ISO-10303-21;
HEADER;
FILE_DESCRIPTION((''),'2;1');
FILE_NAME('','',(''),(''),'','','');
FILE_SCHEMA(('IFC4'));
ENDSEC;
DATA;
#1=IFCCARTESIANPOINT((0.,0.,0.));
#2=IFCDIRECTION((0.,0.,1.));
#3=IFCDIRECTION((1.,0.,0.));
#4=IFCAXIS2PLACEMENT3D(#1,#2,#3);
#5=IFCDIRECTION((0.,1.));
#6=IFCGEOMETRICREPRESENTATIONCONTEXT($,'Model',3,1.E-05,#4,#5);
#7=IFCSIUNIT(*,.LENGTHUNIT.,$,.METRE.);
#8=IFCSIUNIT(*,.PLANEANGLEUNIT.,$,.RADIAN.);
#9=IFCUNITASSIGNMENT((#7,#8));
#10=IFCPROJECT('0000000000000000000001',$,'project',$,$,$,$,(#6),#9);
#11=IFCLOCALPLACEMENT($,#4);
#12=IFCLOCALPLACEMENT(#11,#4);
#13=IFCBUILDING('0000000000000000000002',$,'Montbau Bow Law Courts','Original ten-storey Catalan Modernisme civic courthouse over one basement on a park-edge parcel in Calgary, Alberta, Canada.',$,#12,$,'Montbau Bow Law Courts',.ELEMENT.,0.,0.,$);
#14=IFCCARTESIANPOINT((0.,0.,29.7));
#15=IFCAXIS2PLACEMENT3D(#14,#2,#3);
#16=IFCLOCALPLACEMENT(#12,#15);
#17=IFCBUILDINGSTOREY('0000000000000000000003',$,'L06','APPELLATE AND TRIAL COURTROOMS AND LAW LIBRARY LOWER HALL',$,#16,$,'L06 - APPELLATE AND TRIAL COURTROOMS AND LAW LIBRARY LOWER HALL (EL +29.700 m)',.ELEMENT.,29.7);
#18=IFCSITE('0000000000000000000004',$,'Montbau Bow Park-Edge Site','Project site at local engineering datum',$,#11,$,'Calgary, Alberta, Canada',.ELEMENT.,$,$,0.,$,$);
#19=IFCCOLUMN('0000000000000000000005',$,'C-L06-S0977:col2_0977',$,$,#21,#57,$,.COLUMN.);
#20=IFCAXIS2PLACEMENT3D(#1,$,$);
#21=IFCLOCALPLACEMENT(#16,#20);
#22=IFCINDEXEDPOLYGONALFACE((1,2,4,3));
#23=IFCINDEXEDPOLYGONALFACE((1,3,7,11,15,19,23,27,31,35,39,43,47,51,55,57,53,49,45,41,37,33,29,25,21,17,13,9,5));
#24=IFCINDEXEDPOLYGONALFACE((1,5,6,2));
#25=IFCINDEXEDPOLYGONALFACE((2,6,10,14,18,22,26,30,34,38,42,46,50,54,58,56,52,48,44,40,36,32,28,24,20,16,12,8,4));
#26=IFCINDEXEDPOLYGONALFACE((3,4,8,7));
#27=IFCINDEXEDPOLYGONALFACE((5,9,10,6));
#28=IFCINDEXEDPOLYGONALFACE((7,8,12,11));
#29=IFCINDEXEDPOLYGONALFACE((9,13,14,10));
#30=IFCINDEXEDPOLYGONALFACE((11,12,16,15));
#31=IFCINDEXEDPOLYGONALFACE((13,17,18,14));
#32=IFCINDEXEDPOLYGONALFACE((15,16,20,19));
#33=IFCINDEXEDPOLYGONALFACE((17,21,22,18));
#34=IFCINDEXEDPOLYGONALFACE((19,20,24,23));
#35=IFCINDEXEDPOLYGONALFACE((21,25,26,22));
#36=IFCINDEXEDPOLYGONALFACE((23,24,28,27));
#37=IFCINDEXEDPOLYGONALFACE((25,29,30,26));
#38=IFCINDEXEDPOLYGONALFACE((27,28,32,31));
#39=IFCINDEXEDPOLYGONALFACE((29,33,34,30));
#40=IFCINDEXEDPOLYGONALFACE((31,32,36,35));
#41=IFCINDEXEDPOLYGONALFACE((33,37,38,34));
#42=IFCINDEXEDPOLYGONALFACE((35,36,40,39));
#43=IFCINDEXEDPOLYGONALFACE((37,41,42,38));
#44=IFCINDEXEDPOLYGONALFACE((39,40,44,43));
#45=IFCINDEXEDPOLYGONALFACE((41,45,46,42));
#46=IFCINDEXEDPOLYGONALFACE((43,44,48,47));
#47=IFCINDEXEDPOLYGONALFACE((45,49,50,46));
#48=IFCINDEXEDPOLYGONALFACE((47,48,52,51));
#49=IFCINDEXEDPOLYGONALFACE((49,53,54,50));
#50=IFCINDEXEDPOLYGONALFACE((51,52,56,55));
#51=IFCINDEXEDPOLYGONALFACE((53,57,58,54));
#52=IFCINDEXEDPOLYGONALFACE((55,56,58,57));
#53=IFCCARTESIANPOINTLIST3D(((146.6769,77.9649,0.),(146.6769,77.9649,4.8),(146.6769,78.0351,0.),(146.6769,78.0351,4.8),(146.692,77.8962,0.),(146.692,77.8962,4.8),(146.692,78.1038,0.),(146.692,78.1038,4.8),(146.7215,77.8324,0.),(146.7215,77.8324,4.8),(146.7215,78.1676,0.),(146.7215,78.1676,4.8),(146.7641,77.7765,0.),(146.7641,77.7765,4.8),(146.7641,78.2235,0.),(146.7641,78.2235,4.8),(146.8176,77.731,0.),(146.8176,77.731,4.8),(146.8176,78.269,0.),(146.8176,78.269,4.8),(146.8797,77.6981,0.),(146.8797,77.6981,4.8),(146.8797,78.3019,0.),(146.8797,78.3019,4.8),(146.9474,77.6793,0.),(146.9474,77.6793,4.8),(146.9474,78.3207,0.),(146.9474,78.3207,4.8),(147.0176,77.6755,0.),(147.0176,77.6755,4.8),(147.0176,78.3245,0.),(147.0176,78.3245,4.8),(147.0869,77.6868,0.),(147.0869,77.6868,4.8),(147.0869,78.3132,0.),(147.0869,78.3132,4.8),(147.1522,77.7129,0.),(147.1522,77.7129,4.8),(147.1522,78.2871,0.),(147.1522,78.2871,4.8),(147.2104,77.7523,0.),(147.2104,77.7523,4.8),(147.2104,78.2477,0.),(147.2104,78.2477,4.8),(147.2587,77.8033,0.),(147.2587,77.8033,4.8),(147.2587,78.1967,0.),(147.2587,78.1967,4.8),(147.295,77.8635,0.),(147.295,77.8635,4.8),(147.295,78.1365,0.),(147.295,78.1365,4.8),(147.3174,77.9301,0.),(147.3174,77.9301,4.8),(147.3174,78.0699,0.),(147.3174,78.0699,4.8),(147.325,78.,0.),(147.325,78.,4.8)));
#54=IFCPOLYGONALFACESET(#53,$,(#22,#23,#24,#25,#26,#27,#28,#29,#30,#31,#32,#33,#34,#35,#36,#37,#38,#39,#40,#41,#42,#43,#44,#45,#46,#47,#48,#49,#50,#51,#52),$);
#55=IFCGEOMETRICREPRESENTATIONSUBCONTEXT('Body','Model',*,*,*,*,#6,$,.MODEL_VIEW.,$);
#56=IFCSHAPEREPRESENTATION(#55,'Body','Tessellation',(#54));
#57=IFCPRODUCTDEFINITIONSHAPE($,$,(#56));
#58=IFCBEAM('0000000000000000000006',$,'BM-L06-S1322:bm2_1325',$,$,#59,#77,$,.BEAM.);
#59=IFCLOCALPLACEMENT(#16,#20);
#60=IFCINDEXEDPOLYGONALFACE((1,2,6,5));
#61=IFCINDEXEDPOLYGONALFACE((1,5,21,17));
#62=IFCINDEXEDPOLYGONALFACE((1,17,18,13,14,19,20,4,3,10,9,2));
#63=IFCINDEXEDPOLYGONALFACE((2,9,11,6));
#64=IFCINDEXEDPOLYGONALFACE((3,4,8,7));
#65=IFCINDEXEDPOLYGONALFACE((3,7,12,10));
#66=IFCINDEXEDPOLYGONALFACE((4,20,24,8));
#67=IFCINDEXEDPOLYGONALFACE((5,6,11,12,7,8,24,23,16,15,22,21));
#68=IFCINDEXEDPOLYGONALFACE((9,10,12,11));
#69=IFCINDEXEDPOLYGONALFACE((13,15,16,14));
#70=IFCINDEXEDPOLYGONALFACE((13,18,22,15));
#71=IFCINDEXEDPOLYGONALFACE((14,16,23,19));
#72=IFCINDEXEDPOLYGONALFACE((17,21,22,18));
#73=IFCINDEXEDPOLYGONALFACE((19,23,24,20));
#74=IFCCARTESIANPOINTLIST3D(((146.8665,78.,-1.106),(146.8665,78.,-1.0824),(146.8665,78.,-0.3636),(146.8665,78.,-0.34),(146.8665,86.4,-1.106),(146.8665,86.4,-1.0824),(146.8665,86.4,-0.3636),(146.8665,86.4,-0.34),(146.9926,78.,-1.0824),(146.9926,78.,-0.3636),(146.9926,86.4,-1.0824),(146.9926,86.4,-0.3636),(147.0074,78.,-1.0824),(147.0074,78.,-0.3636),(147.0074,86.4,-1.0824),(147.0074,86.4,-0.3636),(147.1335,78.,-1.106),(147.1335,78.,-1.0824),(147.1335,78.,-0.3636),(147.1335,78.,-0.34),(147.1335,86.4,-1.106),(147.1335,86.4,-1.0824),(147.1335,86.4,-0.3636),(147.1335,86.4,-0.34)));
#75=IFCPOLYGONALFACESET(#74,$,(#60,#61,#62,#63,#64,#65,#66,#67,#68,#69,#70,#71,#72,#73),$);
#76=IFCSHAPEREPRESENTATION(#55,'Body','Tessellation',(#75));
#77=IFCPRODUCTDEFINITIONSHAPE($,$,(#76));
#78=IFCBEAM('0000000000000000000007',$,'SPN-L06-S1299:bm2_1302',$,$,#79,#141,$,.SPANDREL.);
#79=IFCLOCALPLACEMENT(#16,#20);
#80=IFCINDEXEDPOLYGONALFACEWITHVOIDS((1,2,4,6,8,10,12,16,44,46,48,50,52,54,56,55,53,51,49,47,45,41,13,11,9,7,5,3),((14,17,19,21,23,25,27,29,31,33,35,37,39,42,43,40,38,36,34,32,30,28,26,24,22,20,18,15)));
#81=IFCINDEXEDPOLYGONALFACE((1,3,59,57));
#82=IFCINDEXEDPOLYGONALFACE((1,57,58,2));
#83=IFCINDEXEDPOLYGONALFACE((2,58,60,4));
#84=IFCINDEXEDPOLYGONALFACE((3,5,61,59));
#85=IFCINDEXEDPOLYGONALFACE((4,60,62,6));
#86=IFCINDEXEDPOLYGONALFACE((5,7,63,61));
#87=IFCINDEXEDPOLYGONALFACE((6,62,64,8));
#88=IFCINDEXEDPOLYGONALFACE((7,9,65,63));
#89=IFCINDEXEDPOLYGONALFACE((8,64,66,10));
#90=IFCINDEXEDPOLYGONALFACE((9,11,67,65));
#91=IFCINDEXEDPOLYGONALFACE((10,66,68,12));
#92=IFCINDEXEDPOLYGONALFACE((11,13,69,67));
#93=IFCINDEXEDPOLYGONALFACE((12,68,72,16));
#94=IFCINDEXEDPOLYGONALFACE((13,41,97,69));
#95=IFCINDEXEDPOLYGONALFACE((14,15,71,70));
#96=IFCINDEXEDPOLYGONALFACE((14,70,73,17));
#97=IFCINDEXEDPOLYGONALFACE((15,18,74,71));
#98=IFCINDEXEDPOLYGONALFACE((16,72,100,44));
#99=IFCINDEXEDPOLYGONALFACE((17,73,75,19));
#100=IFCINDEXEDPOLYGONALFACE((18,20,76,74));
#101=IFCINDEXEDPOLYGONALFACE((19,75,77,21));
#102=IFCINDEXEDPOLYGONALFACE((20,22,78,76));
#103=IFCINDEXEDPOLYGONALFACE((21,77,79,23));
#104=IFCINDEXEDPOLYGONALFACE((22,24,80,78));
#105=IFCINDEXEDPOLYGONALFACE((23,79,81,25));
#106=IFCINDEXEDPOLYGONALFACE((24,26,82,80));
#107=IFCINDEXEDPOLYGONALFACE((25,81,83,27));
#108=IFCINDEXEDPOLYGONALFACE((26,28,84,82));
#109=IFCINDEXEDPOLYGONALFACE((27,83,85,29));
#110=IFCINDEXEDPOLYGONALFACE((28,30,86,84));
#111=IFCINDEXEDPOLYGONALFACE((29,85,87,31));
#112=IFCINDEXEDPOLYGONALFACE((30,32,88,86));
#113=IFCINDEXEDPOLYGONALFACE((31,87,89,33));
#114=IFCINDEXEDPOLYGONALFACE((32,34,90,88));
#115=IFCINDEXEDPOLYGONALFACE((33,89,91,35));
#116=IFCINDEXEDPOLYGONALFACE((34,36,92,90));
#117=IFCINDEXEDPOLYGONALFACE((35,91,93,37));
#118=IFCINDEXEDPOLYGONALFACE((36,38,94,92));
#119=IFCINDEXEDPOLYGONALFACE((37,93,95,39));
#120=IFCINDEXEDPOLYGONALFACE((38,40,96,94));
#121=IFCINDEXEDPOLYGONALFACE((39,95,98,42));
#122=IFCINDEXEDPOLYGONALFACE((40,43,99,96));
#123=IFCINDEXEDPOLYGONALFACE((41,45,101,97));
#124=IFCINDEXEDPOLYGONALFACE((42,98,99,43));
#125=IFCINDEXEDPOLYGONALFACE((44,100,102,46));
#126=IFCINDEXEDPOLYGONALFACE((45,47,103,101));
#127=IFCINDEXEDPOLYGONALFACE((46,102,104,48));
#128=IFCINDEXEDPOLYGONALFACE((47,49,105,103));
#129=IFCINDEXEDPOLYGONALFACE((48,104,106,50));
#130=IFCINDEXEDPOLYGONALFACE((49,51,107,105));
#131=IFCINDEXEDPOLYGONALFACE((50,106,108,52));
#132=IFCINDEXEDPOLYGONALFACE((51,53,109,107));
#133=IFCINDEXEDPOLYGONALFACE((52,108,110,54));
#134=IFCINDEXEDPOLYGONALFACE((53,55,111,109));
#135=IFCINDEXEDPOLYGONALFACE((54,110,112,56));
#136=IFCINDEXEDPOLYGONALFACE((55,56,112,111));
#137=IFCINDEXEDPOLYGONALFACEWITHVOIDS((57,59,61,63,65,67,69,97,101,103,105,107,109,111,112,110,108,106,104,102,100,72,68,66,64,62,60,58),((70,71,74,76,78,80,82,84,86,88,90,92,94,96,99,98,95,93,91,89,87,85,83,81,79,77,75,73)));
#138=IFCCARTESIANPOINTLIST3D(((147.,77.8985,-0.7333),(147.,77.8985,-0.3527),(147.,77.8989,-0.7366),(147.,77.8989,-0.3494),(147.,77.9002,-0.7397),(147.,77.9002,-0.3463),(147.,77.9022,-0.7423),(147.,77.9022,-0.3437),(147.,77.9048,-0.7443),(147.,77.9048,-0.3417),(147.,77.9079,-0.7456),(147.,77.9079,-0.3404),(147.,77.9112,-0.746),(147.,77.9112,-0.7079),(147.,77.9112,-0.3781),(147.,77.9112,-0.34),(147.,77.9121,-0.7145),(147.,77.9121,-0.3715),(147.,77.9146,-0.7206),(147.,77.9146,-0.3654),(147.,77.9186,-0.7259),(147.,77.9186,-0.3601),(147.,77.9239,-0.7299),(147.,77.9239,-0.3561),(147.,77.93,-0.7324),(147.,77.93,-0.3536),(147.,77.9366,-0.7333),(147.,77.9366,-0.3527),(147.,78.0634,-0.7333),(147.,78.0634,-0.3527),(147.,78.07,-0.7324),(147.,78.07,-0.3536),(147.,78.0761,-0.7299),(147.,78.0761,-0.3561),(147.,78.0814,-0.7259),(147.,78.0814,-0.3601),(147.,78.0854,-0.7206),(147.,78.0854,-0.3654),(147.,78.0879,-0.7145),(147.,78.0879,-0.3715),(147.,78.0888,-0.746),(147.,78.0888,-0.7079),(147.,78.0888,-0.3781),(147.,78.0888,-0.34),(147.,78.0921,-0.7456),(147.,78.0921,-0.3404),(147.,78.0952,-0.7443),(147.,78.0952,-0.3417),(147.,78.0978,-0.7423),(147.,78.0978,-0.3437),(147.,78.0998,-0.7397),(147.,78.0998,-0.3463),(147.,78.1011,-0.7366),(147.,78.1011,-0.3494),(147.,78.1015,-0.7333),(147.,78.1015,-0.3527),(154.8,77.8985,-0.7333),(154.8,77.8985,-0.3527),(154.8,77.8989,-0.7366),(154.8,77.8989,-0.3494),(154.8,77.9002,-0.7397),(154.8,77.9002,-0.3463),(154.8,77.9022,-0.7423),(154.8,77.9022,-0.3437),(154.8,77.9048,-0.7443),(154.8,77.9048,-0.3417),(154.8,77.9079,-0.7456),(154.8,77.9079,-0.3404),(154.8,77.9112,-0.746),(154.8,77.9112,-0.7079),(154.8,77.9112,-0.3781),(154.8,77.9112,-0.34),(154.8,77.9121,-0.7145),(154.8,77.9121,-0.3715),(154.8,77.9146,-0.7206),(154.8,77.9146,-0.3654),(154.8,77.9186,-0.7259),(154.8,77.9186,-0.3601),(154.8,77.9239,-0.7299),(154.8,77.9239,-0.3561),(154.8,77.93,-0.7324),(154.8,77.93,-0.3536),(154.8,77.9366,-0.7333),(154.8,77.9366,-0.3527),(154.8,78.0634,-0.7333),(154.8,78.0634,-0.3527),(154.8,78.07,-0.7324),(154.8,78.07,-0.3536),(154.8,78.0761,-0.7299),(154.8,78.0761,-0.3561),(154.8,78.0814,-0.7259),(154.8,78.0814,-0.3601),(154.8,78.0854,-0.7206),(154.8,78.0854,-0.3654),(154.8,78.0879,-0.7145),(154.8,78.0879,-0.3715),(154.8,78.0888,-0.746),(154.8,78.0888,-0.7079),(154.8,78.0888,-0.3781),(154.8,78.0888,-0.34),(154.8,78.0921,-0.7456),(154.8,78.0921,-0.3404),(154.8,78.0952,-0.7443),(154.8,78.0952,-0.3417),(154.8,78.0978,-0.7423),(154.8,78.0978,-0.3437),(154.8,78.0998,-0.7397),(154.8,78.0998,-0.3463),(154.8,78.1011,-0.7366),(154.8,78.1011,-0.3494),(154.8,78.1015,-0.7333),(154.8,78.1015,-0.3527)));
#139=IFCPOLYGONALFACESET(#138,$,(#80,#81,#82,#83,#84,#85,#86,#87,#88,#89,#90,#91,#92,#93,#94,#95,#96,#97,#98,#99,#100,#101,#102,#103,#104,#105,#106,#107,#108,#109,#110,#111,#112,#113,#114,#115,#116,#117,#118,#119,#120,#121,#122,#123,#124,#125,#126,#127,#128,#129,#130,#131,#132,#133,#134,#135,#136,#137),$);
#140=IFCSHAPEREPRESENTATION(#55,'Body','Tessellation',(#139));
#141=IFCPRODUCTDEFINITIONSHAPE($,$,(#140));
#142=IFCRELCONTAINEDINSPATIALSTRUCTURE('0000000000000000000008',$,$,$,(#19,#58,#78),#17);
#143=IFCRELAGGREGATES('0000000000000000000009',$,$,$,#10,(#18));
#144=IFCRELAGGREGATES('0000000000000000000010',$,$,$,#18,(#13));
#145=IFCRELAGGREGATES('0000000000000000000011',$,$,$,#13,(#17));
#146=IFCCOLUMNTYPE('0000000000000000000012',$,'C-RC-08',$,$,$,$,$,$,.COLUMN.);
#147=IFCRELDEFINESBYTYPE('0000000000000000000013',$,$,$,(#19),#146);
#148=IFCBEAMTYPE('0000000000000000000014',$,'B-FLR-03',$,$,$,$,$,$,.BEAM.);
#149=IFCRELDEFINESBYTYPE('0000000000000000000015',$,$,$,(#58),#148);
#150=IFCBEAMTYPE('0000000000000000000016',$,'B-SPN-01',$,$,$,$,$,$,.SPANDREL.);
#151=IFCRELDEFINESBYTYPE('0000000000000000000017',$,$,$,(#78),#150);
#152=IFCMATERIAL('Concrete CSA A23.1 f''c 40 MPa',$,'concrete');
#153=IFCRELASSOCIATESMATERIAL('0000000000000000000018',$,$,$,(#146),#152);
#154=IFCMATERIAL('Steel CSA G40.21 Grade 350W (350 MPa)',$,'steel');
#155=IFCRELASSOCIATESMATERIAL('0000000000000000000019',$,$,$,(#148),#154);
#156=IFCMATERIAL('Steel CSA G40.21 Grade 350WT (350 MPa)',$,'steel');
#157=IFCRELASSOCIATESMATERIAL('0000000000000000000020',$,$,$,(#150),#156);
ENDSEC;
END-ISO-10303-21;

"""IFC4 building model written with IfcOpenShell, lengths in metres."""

from ifc_helpers import new_model, si_unit, direction, frame, origin_with_axes, origin_2d_with_axis, place, context, subcontext, project, spatial, hollow_rectangle, circle, i_section, extrude, material, material_profile, profile_set, type_object, element, save


model = new_model("IFC4")

# Units and contexts
model_context = context("Model", 3, precision=1e-05, world=origin_with_axes(), true_north=direction((0.0, 1.0)))
body_context = subcontext(model_context, "Body", "Model", "MODEL_VIEW")
ifc_project = project(units=[si_unit("LENGTHUNIT", "METRE"), si_unit("PLANEANGLEUNIT", "RADIAN")], contexts=[model_context])

# Site, building, storey
site_placement = place(None, origin_with_axes())
site = spatial("IfcSite", under=ifc_project, at=site_placement, Name="Montbau Bow Park-Edge Site", Description="Project site at local engineering datum", LongName="Calgary, Alberta, Canada", CompositionType="ELEMENT", RefElevation=0.0)
building_placement = place(site_placement, origin_with_axes())
building = spatial("IfcBuilding", under=site, at=building_placement, Name="Montbau Bow Law Courts", Description="Original ten-storey Catalan Modernisme civic courthouse over one basement on a park-edge parcel in Calgary, Alberta, Canada.", LongName="Montbau Bow Law Courts", CompositionType="ELEMENT", ElevationOfRefHeight=0.0, ElevationOfTerrain=0.0)
storey_placement = place(building_placement, frame((0.0, 0.0, 29.7), z_axis=(0.0, 0.0, 1.0), x_axis=(1.0, 0.0, 0.0)))
storey = spatial("IfcBuildingStorey", under=building, at=storey_placement, Name="L06", Description="APPELLATE AND TRIAL COURTROOMS AND LAW LIBRARY LOWER HALL", LongName="L06 - APPELLATE AND TRIAL COURTROOMS AND LAW LIBRARY LOWER HALL (EL +29.700 m)", CompositionType="ELEMENT", Elevation=29.7)

# Column
ifc_material_1 = material(Name="Concrete CSA A23.1 f'c 40 MPa", Category="concrete")
ifc_material_profile_1 = material_profile(ifc_material_1, circle(Radius=0.325, at=origin_2d_with_axis()), Name="RC650D", Category="Main", Priority=0)
ifc_profile_set_1 = profile_set([ifc_material_profile_1], Name="Concrete CSA A23.1 f'c 40 MPa")
column_type = type_object("IfcColumnType", Name="C-RC-08", PredefinedType="COLUMN", material=ifc_profile_set_1)
column_placement = place(None, frame((147.0, 78.0, 29.7), z_axis=(0.0, 0.0, 1.0), x_axis=(1.0, 0.0, 0.0)))
element("IfcColumn", 1, at=column_placement, inside=storey, type_object=column_type, Name="C-L06-S0977:col2_0977", PredefinedType="COLUMN", context=body_context, shape_type="SweptSolid", body=[
    extrude(circle(Radius=0.325, at=origin_2d_with_axis()), origin_with_axes(), (0.0, 0.0, 1.0), 4.8),
])

# Beams
ifc_material_2 = material(Name="Steel CSA G40.21 Grade 350W (350 MPa)", Category="steel")
ifc_material_profile_2 = material_profile(ifc_material_2, i_section(OverallWidth=0.267, OverallDepth=0.766, WebThickness=0.0149, FlangeThickness=0.0236, at=origin_2d_with_axis()), Name="W760X185", Category="Main", Priority=0)
ifc_profile_set_2 = profile_set([ifc_material_profile_2], Name="Steel CSA G40.21 Grade 350W (350 MPa)")
beam_type_1 = type_object("IfcBeamType", Name="B-FLR-03", PredefinedType="BEAM", material=ifc_profile_set_2)
beam_1_placement = place(None, frame((147.0, 78.0, 28.977), z_axis=(0.0, 1.0, 0.0), x_axis=(-1.0, 0.0, 0.0)))
element("IfcBeam", 2, at=beam_1_placement, inside=storey, type_object=beam_type_1, Name="BM-L06-S1322:bm2_1325", PredefinedType="BEAM", context=body_context, shape_type="SweptSolid", body=[
    extrude(i_section(OverallWidth=0.267, OverallDepth=0.766, WebThickness=0.0149, FlangeThickness=0.0236, at=origin_2d_with_axis()), origin_with_axes(), (0.0, 0.0, 1.0), 8.4),
])
ifc_material_3 = material(Name="Steel CSA G40.21 Grade 350WT (350 MPa)", Category="steel")
ifc_material_profile_3 = material_profile(ifc_material_3, hollow_rectangle(XDim=0.203, YDim=0.406, WallThickness=0.0127, InnerFilletRadius=0.0254, OuterFilletRadius=0.0127, at=origin_2d_with_axis()), Name="HSS406X203X13", Category="Main", Priority=0)
ifc_profile_set_3 = profile_set([ifc_material_profile_3], Name="Steel CSA G40.21 Grade 350WT (350 MPa)")
beam_type_2 = type_object("IfcBeamType", Name="B-SPN-01", PredefinedType="SPANDREL", material=ifc_profile_set_3)
beam_2_placement = place(None, frame((147.0, 78.0, 29.157), z_axis=(1.0, 0.0, 0.0), x_axis=(0.0, 1.0, 0.0)))
element("IfcBeam", 3, at=beam_2_placement, inside=storey, type_object=beam_type_2, Name="SPN-L06-S1299:bm2_1302", PredefinedType="SPANDREL", context=body_context, shape_type="SweptSolid", body=[
    extrude(hollow_rectangle(XDim=0.203, YDim=0.406, WallThickness=0.0127, InnerFilletRadius=0.0254, OuterFilletRadius=0.0127, at=origin_2d_with_axis()), origin_with_axes(), (0.0, 0.0, 1.0), 7.8),
])

save(model, "model.ifc")
